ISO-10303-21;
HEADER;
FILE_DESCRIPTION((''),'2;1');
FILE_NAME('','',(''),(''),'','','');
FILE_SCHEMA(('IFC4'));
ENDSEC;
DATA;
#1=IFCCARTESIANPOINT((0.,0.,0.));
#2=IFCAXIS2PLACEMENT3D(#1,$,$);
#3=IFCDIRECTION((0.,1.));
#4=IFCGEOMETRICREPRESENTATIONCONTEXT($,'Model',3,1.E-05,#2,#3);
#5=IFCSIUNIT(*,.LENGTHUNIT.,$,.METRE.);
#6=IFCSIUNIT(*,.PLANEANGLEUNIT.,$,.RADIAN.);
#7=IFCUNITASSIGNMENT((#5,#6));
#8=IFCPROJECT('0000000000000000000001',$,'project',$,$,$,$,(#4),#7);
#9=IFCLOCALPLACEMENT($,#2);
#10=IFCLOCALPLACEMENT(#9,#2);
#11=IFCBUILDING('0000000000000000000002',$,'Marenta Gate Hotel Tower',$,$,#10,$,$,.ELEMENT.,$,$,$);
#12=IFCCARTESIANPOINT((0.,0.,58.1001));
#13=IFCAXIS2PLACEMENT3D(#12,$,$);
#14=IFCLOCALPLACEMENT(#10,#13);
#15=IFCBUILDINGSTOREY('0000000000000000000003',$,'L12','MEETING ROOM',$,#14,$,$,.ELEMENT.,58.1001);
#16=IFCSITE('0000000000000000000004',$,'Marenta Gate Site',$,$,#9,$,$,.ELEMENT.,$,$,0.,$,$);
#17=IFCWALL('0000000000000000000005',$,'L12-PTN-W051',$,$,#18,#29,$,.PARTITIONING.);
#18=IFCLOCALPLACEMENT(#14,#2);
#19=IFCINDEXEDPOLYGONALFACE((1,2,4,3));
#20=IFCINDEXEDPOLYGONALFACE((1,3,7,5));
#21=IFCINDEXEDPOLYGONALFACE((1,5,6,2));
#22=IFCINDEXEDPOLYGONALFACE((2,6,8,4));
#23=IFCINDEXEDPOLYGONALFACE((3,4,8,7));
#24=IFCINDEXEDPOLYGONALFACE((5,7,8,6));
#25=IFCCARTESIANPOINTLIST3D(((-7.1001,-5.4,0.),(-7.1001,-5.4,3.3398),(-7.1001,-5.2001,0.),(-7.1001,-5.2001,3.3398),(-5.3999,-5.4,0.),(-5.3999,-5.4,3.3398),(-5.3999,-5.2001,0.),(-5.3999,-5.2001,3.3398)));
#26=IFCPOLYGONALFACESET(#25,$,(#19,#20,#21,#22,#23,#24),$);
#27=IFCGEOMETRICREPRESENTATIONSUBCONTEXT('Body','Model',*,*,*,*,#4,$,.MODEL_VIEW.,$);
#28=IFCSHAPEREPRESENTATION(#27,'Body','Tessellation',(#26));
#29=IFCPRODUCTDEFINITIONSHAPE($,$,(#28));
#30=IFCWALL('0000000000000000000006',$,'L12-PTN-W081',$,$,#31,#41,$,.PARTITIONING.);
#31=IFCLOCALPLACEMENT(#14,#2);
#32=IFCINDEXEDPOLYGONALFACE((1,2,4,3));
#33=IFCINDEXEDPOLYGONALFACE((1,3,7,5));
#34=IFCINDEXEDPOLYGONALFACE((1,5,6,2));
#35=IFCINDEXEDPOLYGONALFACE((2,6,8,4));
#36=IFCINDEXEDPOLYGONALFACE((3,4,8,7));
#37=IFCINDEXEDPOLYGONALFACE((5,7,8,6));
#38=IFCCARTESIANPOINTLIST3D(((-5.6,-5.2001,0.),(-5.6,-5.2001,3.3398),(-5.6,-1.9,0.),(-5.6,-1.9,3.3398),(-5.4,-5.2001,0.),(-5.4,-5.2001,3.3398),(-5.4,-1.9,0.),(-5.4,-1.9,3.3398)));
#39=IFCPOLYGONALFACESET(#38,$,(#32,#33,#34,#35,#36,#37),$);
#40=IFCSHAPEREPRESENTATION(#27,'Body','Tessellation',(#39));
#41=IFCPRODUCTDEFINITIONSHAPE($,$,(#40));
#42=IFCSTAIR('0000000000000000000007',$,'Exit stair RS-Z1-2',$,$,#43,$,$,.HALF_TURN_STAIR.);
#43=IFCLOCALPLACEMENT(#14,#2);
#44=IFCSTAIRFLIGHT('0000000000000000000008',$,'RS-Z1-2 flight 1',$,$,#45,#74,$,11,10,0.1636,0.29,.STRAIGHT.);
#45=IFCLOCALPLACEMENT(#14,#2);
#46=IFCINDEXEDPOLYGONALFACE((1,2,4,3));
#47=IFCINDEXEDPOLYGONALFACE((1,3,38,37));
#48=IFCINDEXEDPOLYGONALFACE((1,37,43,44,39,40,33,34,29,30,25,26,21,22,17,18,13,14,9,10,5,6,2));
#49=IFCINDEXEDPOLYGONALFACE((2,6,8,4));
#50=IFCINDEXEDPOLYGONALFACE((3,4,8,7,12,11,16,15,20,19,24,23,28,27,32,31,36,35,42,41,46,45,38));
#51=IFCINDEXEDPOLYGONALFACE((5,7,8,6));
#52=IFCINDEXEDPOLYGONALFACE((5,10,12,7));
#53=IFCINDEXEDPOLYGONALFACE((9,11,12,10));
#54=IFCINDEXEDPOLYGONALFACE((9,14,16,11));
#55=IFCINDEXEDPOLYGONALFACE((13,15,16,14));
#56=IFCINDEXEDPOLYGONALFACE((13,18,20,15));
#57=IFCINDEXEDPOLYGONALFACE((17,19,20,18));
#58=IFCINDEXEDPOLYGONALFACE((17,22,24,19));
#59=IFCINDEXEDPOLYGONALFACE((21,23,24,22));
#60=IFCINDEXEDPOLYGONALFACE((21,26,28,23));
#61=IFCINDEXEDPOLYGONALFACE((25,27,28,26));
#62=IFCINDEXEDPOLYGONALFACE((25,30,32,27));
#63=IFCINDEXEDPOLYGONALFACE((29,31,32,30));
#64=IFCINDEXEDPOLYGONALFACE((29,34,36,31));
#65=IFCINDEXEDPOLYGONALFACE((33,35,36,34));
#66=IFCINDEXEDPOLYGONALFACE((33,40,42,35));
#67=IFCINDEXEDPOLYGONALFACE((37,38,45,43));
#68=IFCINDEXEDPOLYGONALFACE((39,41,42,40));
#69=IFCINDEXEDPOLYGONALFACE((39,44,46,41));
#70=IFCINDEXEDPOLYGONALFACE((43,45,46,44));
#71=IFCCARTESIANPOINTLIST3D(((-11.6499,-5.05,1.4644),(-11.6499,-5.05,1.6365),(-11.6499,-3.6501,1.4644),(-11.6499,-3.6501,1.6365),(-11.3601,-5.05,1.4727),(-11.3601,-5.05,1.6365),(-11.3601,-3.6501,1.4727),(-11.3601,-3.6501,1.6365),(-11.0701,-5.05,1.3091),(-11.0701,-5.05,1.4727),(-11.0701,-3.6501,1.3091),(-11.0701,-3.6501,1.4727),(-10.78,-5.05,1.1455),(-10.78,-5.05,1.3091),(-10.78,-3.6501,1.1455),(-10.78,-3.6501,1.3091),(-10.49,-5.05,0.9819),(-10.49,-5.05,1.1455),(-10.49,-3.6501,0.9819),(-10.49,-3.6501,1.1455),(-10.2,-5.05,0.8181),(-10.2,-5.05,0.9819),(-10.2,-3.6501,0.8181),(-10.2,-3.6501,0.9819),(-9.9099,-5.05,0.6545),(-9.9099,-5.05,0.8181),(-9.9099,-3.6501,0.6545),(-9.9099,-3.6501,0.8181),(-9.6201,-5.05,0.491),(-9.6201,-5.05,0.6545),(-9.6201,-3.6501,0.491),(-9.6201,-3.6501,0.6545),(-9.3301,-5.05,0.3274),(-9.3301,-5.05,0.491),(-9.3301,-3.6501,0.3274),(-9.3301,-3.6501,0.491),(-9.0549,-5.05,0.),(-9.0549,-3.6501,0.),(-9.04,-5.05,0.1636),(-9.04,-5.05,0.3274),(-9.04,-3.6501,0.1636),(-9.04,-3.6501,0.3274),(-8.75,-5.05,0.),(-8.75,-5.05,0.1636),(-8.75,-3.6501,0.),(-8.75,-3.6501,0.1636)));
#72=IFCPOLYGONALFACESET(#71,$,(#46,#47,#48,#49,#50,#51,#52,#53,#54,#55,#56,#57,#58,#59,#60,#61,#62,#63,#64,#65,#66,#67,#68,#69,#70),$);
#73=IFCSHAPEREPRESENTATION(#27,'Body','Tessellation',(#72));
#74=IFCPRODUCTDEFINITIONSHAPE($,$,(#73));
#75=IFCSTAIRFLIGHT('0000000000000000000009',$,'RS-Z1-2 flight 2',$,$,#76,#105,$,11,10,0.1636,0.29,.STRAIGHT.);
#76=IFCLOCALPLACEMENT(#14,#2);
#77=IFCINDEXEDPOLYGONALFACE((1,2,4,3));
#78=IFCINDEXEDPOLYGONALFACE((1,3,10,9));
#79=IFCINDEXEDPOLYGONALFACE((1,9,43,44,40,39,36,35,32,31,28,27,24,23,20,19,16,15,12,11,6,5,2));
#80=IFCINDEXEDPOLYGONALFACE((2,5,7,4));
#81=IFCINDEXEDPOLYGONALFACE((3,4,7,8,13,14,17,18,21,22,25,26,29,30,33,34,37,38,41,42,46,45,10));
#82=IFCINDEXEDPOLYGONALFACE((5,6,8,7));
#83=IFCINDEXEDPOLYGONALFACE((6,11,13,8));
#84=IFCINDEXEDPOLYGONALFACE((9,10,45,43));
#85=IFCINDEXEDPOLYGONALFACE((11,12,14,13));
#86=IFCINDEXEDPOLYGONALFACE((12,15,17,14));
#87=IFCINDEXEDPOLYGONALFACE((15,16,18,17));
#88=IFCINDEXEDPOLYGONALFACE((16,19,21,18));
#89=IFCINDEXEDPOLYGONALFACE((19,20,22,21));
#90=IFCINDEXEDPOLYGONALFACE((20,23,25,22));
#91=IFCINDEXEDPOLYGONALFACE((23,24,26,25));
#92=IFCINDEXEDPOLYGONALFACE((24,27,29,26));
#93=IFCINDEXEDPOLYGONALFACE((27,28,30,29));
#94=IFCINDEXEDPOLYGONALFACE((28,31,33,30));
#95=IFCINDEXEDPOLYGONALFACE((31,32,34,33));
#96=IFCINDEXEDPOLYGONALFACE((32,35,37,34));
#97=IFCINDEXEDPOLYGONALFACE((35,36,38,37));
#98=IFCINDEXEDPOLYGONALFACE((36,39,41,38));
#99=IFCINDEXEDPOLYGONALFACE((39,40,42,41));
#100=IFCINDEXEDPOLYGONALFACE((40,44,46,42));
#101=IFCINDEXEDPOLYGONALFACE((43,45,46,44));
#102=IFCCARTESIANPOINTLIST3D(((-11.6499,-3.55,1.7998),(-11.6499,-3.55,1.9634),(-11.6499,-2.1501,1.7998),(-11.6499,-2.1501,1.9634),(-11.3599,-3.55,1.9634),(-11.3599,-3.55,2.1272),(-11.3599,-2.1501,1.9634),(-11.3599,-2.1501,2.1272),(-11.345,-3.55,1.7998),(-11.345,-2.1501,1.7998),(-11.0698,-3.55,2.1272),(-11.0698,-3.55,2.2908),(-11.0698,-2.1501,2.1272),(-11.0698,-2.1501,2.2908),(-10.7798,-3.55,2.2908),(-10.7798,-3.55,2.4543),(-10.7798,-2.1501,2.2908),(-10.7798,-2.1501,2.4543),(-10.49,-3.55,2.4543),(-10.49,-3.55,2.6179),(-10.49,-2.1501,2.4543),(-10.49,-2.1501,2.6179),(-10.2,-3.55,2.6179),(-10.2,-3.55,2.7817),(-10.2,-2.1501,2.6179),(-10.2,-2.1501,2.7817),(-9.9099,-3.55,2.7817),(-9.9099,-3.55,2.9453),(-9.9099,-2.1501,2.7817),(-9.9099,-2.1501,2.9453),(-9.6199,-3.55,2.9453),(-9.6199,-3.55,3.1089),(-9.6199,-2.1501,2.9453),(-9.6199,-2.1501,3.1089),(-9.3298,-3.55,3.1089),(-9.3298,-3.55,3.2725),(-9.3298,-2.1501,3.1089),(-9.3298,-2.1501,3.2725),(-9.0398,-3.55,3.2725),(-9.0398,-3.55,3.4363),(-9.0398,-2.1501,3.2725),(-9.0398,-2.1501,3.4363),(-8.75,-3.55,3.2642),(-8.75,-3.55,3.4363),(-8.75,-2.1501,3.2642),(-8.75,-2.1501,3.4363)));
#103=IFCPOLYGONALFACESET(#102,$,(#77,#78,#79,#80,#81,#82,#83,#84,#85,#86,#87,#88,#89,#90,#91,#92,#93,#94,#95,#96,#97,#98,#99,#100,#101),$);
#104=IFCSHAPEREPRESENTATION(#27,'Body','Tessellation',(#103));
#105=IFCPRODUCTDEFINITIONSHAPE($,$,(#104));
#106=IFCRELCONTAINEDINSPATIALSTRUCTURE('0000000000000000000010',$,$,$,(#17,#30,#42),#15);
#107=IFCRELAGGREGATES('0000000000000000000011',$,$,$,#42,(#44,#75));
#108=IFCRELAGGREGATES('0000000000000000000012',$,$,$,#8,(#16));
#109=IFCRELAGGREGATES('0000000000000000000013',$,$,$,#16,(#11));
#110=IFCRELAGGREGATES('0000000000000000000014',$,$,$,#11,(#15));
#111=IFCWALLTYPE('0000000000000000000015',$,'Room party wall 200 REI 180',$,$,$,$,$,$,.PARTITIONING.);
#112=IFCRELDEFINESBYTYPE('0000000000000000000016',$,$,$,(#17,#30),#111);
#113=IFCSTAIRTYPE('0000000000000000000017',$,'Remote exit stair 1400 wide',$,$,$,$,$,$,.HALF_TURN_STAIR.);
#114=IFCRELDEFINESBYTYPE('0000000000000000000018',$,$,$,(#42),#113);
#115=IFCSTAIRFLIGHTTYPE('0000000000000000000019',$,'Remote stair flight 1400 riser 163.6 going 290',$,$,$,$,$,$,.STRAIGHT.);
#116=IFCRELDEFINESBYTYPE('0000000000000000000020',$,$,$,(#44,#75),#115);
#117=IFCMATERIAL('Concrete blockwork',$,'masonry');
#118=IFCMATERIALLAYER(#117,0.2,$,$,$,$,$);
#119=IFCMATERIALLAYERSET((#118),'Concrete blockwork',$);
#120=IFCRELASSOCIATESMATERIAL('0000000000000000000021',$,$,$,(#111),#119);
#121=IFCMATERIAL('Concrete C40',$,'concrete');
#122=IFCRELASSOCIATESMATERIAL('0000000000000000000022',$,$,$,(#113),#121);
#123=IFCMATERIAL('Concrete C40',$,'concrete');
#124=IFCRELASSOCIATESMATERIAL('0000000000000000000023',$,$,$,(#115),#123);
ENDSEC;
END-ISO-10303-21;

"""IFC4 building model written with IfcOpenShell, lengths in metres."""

from ifc_helpers import new_model, si_unit, direction, frame, frame_2d, origin, place, context, subcontext, project, spatial, polyline, rectangle, outline, extrude, material, layer, layer_set, type_object, element, aggregate, save


model = new_model("IFC4")

# Units and contexts
model_context = context("Model", 3, precision=1e-05, world=origin(), true_north=direction((0.0, 1.0)))
body_context = subcontext(model_context, "Body", "Model", "MODEL_VIEW")
ifc_project = project(units=[si_unit("LENGTHUNIT", "METRE"), si_unit("PLANEANGLEUNIT", "RADIAN")], contexts=[model_context])

# Site, building, storey
site_placement = place(None, origin())
site = spatial("IfcSite", under=ifc_project, at=site_placement, Name="Marenta Gate Site", CompositionType="ELEMENT", RefElevation=0.0)
building_placement = place(site_placement, origin())
building = spatial("IfcBuilding", under=site, at=building_placement, Name="Marenta Gate Hotel Tower", CompositionType="ELEMENT")
storey_placement = place(building_placement, frame((0.0, 0.0, 58.1001)))
storey = spatial("IfcBuildingStorey", under=building, at=storey_placement, Name="L12", Description="MEETING ROOM", CompositionType="ELEMENT", Elevation=58.1001)

# Walls
ifc_material_1 = material(Name="Concrete blockwork", Category="masonry")
ifc_layer_1 = layer(ifc_material_1, 0.2)
ifc_layer_set_1 = layer_set([ifc_layer_1], Name="Concrete blockwork")
wall_type_1 = type_object("IfcWallType", Name="Room party wall 200 REI 180", PredefinedType="PARTITIONING", material=ifc_layer_set_1)
wall_1_placement = place(storey_placement, frame((-7.1001, -5.3, 0.0), z_axis=(0.0, 0.0, 1.0), x_axis=(1.0, 0.0, 0.0)))
element("IfcWall", 1, at=wall_1_placement, inside=storey, type_object=wall_type_1, Name="L12-PTN-W051", PredefinedType="PARTITIONING", context=body_context, shape_type="SweptSolid", body=[
    extrude(rectangle(XDim=1.7002, YDim=0.2, at=frame_2d((0.8501, 0.0))), origin(), (0.0, 0.0, 1.0), 3.3398),
])
wall_2_placement = place(storey_placement, frame((-5.5, -5.2, 0.0), z_axis=(0.0, 0.0, 1.0), x_axis=(0.0, 1.0, 0.0)))
element("IfcWall", 2, at=wall_2_placement, inside=storey, type_object=wall_type_1, Name="L12-PTN-W081", PredefinedType="PARTITIONING", context=body_context, shape_type="SweptSolid", body=[
    extrude(rectangle(XDim=3.3, YDim=0.2, at=frame_2d((1.6499, 0.0))), origin(), (0.0, 0.0, 1.0), 3.3398),
])

# Stair, stair flights
ifc_material_2 = material(Name="Concrete C40", Category="concrete")
stair_type = type_object("IfcStairType", Name="Remote exit stair 1400 wide", PredefinedType="HALF_TURN_STAIR", material=ifc_material_2)
stair_placement = place(storey_placement, origin())
stair = element("IfcStair", 3, at=stair_placement, inside=storey, type_object=stair_type, Name="Exit stair RS-Z1-2", PredefinedType="HALF_TURN_STAIR")
ifc_material_3 = material(Name="Concrete C40", Category="concrete")
stair_flight_type = type_object("IfcStairFlightType", Name="Remote stair flight 1400 riser 163.6 going 290", PredefinedType="STRAIGHT", material=ifc_material_3)
stair_flight_1_placement = place(storey_placement, frame((-8.75, -4.3501, 0.0), z_axis=(0.0, 0.0, 1.0), x_axis=(-1.0, 0.0, 0.0)))
stair_flight_1 = element("IfcStairFlight", 4, at=stair_flight_1_placement, type_object=stair_flight_type, Name="RS-Z1-2 flight 1", NumberOfRisers=11, NumberOfTreads=10, PredefinedType="STRAIGHT", RiserHeight=0.1636, TreadLength=0.29, context=body_context, shape_type="SweptSolid", body=[
    extrude(outline(polyline([(0.0, 0.0), (0.0, 0.1636), (0.29, 0.1636), (0.29, 0.3274), (0.5801, 0.3274), (0.5801, 0.491), (0.8701, 0.491), (0.8701, 0.6545), (1.1599, 0.6545), (1.1599, 0.8181), (1.45, 0.8181), (1.45, 0.9819), (1.74, 0.9819), (1.74, 1.1455), (2.03, 1.1455), (2.03, 1.3091), (2.3201, 1.3091), (2.3201, 1.4727), (2.6101, 1.4727), (2.6101, 1.6365), (2.8999, 1.6365), (2.8999, 1.8), (2.8999, 1.4644), (0.3049, 0.0), (0.0, 0.0)])), frame((0.0, 0.7, 0.0), z_axis=(0.0, -1.0, 0.0), x_axis=(1.0, 0.0, 0.0)), (0.0, 0.0, 1.0), 1.3999),
])
stair_flight_2_placement = place(storey_placement, frame((-11.6499, -2.8501, 1.7998), z_axis=(0.0, 0.0, 1.0), x_axis=(1.0, 0.0, 0.0)))
stair_flight_2 = element("IfcStairFlight", 5, at=stair_flight_2_placement, type_object=stair_flight_type, Name="RS-Z1-2 flight 2", NumberOfRisers=11, NumberOfTreads=10, PredefinedType="STRAIGHT", RiserHeight=0.1636, TreadLength=0.29, context=body_context, shape_type="SweptSolid", body=[
    extrude(outline(polyline([(0.0, 0.0), (0.0, 0.1636), (0.29, 0.1636), (0.29, 0.3274), (0.5801, 0.3274), (0.5801, 0.491), (0.8701, 0.491), (0.8701, 0.6545), (1.1599, 0.6545), (1.1599, 0.8181), (1.45, 0.8181), (1.45, 0.9819), (1.74, 0.9819), (1.74, 1.1455), (2.03, 1.1455), (2.03, 1.3091), (2.3201, 1.3091), (2.3201, 1.4727), (2.6101, 1.4727), (2.6101, 1.6365), (2.8999, 1.6365), (2.8999, 1.8), (2.8999, 1.4644), (0.3049, 0.0), (0.0, 0.0)])), frame((0.0, 0.7, 0.0), z_axis=(0.0, -1.0, 0.0), x_axis=(1.0, 0.0, 0.0)), (0.0, 0.0, 1.0), 1.3999),
])
aggregate(stair, [stair_flight_1, stair_flight_2])

save(model, "model.ifc")
